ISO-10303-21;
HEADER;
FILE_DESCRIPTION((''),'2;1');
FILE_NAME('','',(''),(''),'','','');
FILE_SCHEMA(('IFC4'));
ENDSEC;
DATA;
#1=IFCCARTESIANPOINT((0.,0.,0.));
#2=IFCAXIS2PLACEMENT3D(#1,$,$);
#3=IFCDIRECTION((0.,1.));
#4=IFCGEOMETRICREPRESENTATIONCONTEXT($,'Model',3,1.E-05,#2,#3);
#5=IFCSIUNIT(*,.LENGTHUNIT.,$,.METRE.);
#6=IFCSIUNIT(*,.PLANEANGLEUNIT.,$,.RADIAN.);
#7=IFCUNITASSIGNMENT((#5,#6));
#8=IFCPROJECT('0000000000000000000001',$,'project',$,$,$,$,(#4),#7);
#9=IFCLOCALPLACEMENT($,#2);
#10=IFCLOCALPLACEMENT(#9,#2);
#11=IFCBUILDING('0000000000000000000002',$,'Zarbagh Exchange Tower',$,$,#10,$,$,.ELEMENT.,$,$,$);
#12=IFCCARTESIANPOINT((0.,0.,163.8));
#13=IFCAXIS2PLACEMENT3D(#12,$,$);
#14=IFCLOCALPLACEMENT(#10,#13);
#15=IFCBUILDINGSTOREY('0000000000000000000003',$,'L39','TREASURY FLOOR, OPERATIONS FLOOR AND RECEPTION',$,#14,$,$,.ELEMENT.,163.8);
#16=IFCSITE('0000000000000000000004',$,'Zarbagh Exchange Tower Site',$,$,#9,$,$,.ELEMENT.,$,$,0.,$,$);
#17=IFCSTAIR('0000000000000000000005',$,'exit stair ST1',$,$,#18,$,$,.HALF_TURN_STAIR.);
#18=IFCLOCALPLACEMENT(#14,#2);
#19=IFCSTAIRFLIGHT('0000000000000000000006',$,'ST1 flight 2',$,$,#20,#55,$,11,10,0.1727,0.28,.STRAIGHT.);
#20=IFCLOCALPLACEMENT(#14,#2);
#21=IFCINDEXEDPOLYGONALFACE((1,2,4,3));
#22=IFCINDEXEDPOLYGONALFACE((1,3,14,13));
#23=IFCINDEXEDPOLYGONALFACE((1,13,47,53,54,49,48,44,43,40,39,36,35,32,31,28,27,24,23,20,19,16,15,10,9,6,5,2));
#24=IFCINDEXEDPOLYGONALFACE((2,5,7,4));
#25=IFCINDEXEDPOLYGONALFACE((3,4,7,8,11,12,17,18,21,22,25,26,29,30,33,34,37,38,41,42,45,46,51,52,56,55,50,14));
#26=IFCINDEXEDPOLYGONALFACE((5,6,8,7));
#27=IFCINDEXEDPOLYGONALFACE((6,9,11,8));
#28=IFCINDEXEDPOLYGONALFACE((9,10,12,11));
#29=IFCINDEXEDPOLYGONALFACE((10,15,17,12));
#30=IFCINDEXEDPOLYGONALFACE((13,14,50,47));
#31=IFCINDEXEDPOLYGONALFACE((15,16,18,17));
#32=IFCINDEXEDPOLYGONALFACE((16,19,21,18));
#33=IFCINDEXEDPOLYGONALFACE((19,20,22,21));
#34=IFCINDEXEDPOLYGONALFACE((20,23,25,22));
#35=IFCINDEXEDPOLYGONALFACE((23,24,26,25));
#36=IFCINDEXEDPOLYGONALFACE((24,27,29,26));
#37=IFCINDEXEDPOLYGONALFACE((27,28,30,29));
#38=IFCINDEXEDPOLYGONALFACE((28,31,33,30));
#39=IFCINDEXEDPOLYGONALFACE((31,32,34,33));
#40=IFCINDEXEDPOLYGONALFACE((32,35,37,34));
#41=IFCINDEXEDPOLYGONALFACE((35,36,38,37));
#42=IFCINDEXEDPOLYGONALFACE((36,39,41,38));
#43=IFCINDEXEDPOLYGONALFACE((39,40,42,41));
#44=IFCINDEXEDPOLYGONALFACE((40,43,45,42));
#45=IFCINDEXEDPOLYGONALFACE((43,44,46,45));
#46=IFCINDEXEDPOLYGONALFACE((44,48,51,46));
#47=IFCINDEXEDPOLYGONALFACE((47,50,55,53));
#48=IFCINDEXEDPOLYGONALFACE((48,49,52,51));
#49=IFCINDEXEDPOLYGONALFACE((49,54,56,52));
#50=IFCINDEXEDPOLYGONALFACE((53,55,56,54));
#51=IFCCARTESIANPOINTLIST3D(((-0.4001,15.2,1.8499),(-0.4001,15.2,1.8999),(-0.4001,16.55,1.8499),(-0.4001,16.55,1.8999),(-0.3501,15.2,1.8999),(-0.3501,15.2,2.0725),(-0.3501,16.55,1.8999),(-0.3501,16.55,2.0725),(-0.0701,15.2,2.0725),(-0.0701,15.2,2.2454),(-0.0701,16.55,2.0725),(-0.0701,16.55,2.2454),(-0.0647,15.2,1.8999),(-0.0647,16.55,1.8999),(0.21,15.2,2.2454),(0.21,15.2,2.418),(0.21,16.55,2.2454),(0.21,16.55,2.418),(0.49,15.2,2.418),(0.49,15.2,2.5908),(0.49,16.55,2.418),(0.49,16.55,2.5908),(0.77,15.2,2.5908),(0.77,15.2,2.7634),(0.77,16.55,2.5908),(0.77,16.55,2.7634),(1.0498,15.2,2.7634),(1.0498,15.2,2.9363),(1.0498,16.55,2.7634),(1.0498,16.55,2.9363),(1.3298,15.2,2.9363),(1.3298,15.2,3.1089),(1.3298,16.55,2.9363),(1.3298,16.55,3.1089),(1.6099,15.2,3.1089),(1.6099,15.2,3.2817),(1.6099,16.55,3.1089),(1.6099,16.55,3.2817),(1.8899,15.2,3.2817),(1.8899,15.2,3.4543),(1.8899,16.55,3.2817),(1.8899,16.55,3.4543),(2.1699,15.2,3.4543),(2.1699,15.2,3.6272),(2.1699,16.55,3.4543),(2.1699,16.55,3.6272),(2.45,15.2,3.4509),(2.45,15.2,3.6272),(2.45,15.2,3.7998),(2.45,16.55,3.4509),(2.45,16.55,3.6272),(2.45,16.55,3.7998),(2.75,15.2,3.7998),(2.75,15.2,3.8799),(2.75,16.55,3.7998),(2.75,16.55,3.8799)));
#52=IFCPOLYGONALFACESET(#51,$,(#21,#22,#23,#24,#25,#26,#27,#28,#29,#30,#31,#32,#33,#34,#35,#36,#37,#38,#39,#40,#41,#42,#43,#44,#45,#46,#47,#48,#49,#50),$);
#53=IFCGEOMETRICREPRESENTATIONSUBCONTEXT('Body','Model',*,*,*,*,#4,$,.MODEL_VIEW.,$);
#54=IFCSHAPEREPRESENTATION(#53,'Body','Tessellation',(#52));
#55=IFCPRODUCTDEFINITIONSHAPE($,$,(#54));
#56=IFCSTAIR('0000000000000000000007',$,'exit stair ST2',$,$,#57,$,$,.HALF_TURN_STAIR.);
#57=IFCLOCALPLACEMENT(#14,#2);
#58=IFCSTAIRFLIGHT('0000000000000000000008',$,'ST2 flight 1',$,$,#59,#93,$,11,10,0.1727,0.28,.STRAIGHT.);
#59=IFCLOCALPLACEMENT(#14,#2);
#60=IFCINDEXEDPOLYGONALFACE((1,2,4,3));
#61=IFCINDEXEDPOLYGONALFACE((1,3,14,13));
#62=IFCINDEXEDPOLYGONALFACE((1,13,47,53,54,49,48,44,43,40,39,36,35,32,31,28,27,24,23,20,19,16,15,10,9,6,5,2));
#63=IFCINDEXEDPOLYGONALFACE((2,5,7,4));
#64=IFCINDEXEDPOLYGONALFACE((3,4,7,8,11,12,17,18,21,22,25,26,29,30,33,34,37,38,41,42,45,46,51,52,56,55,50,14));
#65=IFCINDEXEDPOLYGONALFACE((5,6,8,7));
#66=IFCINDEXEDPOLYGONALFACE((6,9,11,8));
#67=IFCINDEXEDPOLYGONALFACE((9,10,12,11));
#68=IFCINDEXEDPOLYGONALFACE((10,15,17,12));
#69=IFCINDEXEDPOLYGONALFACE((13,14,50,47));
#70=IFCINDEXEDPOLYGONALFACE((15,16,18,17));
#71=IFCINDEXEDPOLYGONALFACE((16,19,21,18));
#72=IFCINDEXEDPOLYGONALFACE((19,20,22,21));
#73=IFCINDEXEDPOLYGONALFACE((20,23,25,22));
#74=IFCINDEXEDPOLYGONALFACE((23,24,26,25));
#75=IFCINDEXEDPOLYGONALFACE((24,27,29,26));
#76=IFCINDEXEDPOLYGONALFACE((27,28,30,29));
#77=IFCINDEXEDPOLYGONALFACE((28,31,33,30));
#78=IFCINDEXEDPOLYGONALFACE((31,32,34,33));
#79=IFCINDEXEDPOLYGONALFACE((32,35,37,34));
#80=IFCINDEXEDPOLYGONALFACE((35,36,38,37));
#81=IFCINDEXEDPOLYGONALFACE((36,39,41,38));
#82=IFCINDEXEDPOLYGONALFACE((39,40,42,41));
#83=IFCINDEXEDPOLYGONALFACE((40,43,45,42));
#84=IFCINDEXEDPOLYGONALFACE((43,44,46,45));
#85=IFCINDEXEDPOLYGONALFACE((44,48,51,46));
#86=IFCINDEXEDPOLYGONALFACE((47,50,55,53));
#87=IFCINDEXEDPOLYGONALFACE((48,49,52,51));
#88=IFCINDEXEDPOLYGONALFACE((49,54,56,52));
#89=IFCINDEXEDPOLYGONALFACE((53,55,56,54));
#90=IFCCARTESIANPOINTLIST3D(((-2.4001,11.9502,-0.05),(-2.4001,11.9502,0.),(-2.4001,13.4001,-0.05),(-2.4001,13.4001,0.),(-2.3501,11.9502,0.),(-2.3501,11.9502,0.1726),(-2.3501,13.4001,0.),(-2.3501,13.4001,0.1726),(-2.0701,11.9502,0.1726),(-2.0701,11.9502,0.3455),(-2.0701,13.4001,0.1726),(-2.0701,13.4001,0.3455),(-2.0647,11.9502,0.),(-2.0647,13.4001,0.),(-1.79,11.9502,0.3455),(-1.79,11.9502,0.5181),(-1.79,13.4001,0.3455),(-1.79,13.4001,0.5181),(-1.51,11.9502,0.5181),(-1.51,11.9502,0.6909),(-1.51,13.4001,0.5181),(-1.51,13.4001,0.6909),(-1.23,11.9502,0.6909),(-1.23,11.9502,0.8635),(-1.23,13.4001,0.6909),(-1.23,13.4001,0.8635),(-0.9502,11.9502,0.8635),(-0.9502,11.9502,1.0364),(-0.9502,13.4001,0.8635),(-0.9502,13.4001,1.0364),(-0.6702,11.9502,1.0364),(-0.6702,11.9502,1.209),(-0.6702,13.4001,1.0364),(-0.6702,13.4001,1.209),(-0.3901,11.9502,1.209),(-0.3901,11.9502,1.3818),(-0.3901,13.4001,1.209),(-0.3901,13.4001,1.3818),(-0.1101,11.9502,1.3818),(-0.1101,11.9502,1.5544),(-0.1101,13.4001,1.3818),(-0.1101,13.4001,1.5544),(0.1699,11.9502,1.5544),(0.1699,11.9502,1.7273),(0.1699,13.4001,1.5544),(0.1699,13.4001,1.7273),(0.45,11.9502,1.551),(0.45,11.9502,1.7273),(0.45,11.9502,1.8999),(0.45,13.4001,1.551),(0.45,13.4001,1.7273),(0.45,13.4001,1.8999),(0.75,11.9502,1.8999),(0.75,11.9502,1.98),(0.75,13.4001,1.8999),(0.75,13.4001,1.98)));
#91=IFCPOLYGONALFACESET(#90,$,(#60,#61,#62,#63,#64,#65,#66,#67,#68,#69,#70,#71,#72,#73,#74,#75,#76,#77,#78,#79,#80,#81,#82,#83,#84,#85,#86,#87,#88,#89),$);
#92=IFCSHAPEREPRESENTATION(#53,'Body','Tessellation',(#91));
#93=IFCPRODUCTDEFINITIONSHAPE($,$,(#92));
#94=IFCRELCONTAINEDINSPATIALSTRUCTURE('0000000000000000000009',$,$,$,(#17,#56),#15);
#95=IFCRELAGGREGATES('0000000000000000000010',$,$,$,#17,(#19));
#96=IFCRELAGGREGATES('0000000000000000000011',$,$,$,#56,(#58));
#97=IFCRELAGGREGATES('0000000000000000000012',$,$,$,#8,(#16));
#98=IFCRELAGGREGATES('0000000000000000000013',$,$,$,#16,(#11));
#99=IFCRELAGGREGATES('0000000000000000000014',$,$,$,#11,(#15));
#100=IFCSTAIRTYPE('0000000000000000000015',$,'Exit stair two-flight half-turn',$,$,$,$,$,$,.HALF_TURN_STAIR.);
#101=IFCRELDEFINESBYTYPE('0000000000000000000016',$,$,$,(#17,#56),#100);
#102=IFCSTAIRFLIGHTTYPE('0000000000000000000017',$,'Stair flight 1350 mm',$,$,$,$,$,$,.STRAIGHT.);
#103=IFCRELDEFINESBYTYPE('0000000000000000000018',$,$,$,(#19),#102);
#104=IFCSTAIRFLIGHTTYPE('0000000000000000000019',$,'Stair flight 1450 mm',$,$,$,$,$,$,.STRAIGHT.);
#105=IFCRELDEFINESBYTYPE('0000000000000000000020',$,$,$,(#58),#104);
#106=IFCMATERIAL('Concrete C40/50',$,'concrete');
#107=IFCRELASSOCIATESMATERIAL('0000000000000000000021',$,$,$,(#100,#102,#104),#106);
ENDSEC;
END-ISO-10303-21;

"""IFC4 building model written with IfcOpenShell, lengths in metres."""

from ifc_helpers import new_model, si_unit, direction, frame, origin, place, context, subcontext, project, spatial, polyline, outline, extrude, material, type_object, element, aggregate, save


model = new_model("IFC4")

# Units and contexts
model_context = context("Model", 3, precision=1e-05, world=origin(), true_north=direction((0.0, 1.0)))
body_context = subcontext(model_context, "Body", "Model", "MODEL_VIEW")
ifc_project = project(units=[si_unit("LENGTHUNIT", "METRE"), si_unit("PLANEANGLEUNIT", "RADIAN")], contexts=[model_context])

# Site, building, storey
site_placement = place(None, origin())
site = spatial("IfcSite", under=ifc_project, at=site_placement, Name="Zarbagh Exchange Tower Site", CompositionType="ELEMENT", RefElevation=0.0)
building_placement = place(site_placement, origin())
building = spatial("IfcBuilding", under=site, at=building_placement, Name="Zarbagh Exchange Tower", CompositionType="ELEMENT")
storey_placement = place(building_placement, frame((0.0, 0.0, 163.8)))
storey = spatial("IfcBuildingStorey", under=building, at=storey_placement, Name="L39", Description="TREASURY FLOOR, OPERATIONS FLOOR AND RECEPTION", CompositionType="ELEMENT", Elevation=163.8)

# Stairs, stair flights
ifc_material_1 = material(Name="Concrete C40/50", Category="concrete")
stair_type = type_object("IfcStairType", Name="Exit stair two-flight half-turn", PredefinedType="HALF_TURN_STAIR", material=ifc_material_1)
stair_1_placement = place(storey_placement, origin())
stair_1 = element("IfcStair", 1, at=stair_1_placement, inside=storey, type_object=stair_type, Name="exit stair ST1", PredefinedType="HALF_TURN_STAIR")
stair_flight_type_1 = type_object("IfcStairFlightType", Name="Stair flight 1350 mm", PredefinedType="STRAIGHT", material=ifc_material_1)
stair_flight_1_placement = place(storey_placement, frame((-0.3501, 15.875, 1.8999), z_axis=(0.0, 0.0, 1.0), x_axis=(1.0, 0.0, 0.0)))
stair_flight_1 = element("IfcStairFlight", 2, at=stair_flight_1_placement, type_object=stair_flight_type_1, Name="ST1 flight 2", NumberOfRisers=11, NumberOfTreads=10, PredefinedType="STRAIGHT", RiserHeight=0.1727, TreadLength=0.28, context=body_context, shape_type="SweptSolid", body=[
    extrude(outline(polyline([(-0.05, -0.05), (-0.05, 0.0), (0.0, 0.0), (0.0, 0.1726), (0.28, 0.1726), (0.28, 0.3455), (0.5601, 0.3455), (0.5601, 0.5181), (0.8401, 0.5181), (0.8401, 0.6909), (1.1201, 0.6909), (1.1201, 0.8635), (1.3999, 0.8635), (1.3999, 1.0364), (1.6799, 1.0364), (1.6799, 1.209), (1.96, 1.209), (1.96, 1.3818), (2.24, 1.3818), (2.24, 1.5544), (2.52, 1.5544), (2.52, 1.7273), (2.8, 1.7273), (2.8, 1.8999), (3.1001, 1.98), (3.1001, 1.8999), (2.8, 1.551), (0.2854, 0.0), (-0.05, -0.05)])), frame((0.0, 0.675, 0.0), z_axis=(0.0, -1.0, 0.0), x_axis=(1.0, 0.0, 0.0)), (0.0, 0.0, 1.0), 1.3501),
])
aggregate(stair_1, [stair_flight_1])
stair_2_placement = place(storey_placement, origin())
stair_2 = element("IfcStair", 3, at=stair_2_placement, inside=storey, type_object=stair_type, Name="exit stair ST2", PredefinedType="HALF_TURN_STAIR")
stair_flight_type_2 = type_object("IfcStairFlightType", Name="Stair flight 1450 mm", PredefinedType="STRAIGHT", material=ifc_material_1)
stair_flight_2_placement = place(storey_placement, frame((-2.3501, 12.675, 0.0), z_axis=(0.0, 0.0, 1.0), x_axis=(1.0, 0.0, 0.0)))
stair_flight_2 = element("IfcStairFlight", 4, at=stair_flight_2_placement, type_object=stair_flight_type_2, Name="ST2 flight 1", NumberOfRisers=11, NumberOfTreads=10, PredefinedType="STRAIGHT", RiserHeight=0.1727, TreadLength=0.28, context=body_context, shape_type="SweptSolid", body=[
    extrude(outline(polyline([(-0.05, -0.05), (-0.05, 0.0), (0.0, 0.0), (0.0, 0.1726), (0.28, 0.1726), (0.28, 0.3455), (0.5601, 0.3455), (0.5601, 0.5181), (0.8401, 0.5181), (0.8401, 0.6909), (1.1201, 0.6909), (1.1201, 0.8635), (1.3999, 0.8635), (1.3999, 1.0364), (1.6799, 1.0364), (1.6799, 1.209), (1.96, 1.209), (1.96, 1.3818), (2.24, 1.3818), (2.24, 1.5544), (2.52, 1.5544), (2.52, 1.7273), (2.8, 1.7273), (2.8, 1.8999), (3.1001, 1.98), (3.1001, 1.8999), (2.8, 1.551), (0.2854, 0.0), (-0.05, -0.05)])), frame((0.0, 0.7251, 0.0), z_axis=(0.0, -1.0, 0.0), x_axis=(1.0, 0.0, 0.0)), (0.0, 0.0, 1.0), 1.45),
])
aggregate(stair_2, [stair_flight_2])

save(model, "model.ifc")
